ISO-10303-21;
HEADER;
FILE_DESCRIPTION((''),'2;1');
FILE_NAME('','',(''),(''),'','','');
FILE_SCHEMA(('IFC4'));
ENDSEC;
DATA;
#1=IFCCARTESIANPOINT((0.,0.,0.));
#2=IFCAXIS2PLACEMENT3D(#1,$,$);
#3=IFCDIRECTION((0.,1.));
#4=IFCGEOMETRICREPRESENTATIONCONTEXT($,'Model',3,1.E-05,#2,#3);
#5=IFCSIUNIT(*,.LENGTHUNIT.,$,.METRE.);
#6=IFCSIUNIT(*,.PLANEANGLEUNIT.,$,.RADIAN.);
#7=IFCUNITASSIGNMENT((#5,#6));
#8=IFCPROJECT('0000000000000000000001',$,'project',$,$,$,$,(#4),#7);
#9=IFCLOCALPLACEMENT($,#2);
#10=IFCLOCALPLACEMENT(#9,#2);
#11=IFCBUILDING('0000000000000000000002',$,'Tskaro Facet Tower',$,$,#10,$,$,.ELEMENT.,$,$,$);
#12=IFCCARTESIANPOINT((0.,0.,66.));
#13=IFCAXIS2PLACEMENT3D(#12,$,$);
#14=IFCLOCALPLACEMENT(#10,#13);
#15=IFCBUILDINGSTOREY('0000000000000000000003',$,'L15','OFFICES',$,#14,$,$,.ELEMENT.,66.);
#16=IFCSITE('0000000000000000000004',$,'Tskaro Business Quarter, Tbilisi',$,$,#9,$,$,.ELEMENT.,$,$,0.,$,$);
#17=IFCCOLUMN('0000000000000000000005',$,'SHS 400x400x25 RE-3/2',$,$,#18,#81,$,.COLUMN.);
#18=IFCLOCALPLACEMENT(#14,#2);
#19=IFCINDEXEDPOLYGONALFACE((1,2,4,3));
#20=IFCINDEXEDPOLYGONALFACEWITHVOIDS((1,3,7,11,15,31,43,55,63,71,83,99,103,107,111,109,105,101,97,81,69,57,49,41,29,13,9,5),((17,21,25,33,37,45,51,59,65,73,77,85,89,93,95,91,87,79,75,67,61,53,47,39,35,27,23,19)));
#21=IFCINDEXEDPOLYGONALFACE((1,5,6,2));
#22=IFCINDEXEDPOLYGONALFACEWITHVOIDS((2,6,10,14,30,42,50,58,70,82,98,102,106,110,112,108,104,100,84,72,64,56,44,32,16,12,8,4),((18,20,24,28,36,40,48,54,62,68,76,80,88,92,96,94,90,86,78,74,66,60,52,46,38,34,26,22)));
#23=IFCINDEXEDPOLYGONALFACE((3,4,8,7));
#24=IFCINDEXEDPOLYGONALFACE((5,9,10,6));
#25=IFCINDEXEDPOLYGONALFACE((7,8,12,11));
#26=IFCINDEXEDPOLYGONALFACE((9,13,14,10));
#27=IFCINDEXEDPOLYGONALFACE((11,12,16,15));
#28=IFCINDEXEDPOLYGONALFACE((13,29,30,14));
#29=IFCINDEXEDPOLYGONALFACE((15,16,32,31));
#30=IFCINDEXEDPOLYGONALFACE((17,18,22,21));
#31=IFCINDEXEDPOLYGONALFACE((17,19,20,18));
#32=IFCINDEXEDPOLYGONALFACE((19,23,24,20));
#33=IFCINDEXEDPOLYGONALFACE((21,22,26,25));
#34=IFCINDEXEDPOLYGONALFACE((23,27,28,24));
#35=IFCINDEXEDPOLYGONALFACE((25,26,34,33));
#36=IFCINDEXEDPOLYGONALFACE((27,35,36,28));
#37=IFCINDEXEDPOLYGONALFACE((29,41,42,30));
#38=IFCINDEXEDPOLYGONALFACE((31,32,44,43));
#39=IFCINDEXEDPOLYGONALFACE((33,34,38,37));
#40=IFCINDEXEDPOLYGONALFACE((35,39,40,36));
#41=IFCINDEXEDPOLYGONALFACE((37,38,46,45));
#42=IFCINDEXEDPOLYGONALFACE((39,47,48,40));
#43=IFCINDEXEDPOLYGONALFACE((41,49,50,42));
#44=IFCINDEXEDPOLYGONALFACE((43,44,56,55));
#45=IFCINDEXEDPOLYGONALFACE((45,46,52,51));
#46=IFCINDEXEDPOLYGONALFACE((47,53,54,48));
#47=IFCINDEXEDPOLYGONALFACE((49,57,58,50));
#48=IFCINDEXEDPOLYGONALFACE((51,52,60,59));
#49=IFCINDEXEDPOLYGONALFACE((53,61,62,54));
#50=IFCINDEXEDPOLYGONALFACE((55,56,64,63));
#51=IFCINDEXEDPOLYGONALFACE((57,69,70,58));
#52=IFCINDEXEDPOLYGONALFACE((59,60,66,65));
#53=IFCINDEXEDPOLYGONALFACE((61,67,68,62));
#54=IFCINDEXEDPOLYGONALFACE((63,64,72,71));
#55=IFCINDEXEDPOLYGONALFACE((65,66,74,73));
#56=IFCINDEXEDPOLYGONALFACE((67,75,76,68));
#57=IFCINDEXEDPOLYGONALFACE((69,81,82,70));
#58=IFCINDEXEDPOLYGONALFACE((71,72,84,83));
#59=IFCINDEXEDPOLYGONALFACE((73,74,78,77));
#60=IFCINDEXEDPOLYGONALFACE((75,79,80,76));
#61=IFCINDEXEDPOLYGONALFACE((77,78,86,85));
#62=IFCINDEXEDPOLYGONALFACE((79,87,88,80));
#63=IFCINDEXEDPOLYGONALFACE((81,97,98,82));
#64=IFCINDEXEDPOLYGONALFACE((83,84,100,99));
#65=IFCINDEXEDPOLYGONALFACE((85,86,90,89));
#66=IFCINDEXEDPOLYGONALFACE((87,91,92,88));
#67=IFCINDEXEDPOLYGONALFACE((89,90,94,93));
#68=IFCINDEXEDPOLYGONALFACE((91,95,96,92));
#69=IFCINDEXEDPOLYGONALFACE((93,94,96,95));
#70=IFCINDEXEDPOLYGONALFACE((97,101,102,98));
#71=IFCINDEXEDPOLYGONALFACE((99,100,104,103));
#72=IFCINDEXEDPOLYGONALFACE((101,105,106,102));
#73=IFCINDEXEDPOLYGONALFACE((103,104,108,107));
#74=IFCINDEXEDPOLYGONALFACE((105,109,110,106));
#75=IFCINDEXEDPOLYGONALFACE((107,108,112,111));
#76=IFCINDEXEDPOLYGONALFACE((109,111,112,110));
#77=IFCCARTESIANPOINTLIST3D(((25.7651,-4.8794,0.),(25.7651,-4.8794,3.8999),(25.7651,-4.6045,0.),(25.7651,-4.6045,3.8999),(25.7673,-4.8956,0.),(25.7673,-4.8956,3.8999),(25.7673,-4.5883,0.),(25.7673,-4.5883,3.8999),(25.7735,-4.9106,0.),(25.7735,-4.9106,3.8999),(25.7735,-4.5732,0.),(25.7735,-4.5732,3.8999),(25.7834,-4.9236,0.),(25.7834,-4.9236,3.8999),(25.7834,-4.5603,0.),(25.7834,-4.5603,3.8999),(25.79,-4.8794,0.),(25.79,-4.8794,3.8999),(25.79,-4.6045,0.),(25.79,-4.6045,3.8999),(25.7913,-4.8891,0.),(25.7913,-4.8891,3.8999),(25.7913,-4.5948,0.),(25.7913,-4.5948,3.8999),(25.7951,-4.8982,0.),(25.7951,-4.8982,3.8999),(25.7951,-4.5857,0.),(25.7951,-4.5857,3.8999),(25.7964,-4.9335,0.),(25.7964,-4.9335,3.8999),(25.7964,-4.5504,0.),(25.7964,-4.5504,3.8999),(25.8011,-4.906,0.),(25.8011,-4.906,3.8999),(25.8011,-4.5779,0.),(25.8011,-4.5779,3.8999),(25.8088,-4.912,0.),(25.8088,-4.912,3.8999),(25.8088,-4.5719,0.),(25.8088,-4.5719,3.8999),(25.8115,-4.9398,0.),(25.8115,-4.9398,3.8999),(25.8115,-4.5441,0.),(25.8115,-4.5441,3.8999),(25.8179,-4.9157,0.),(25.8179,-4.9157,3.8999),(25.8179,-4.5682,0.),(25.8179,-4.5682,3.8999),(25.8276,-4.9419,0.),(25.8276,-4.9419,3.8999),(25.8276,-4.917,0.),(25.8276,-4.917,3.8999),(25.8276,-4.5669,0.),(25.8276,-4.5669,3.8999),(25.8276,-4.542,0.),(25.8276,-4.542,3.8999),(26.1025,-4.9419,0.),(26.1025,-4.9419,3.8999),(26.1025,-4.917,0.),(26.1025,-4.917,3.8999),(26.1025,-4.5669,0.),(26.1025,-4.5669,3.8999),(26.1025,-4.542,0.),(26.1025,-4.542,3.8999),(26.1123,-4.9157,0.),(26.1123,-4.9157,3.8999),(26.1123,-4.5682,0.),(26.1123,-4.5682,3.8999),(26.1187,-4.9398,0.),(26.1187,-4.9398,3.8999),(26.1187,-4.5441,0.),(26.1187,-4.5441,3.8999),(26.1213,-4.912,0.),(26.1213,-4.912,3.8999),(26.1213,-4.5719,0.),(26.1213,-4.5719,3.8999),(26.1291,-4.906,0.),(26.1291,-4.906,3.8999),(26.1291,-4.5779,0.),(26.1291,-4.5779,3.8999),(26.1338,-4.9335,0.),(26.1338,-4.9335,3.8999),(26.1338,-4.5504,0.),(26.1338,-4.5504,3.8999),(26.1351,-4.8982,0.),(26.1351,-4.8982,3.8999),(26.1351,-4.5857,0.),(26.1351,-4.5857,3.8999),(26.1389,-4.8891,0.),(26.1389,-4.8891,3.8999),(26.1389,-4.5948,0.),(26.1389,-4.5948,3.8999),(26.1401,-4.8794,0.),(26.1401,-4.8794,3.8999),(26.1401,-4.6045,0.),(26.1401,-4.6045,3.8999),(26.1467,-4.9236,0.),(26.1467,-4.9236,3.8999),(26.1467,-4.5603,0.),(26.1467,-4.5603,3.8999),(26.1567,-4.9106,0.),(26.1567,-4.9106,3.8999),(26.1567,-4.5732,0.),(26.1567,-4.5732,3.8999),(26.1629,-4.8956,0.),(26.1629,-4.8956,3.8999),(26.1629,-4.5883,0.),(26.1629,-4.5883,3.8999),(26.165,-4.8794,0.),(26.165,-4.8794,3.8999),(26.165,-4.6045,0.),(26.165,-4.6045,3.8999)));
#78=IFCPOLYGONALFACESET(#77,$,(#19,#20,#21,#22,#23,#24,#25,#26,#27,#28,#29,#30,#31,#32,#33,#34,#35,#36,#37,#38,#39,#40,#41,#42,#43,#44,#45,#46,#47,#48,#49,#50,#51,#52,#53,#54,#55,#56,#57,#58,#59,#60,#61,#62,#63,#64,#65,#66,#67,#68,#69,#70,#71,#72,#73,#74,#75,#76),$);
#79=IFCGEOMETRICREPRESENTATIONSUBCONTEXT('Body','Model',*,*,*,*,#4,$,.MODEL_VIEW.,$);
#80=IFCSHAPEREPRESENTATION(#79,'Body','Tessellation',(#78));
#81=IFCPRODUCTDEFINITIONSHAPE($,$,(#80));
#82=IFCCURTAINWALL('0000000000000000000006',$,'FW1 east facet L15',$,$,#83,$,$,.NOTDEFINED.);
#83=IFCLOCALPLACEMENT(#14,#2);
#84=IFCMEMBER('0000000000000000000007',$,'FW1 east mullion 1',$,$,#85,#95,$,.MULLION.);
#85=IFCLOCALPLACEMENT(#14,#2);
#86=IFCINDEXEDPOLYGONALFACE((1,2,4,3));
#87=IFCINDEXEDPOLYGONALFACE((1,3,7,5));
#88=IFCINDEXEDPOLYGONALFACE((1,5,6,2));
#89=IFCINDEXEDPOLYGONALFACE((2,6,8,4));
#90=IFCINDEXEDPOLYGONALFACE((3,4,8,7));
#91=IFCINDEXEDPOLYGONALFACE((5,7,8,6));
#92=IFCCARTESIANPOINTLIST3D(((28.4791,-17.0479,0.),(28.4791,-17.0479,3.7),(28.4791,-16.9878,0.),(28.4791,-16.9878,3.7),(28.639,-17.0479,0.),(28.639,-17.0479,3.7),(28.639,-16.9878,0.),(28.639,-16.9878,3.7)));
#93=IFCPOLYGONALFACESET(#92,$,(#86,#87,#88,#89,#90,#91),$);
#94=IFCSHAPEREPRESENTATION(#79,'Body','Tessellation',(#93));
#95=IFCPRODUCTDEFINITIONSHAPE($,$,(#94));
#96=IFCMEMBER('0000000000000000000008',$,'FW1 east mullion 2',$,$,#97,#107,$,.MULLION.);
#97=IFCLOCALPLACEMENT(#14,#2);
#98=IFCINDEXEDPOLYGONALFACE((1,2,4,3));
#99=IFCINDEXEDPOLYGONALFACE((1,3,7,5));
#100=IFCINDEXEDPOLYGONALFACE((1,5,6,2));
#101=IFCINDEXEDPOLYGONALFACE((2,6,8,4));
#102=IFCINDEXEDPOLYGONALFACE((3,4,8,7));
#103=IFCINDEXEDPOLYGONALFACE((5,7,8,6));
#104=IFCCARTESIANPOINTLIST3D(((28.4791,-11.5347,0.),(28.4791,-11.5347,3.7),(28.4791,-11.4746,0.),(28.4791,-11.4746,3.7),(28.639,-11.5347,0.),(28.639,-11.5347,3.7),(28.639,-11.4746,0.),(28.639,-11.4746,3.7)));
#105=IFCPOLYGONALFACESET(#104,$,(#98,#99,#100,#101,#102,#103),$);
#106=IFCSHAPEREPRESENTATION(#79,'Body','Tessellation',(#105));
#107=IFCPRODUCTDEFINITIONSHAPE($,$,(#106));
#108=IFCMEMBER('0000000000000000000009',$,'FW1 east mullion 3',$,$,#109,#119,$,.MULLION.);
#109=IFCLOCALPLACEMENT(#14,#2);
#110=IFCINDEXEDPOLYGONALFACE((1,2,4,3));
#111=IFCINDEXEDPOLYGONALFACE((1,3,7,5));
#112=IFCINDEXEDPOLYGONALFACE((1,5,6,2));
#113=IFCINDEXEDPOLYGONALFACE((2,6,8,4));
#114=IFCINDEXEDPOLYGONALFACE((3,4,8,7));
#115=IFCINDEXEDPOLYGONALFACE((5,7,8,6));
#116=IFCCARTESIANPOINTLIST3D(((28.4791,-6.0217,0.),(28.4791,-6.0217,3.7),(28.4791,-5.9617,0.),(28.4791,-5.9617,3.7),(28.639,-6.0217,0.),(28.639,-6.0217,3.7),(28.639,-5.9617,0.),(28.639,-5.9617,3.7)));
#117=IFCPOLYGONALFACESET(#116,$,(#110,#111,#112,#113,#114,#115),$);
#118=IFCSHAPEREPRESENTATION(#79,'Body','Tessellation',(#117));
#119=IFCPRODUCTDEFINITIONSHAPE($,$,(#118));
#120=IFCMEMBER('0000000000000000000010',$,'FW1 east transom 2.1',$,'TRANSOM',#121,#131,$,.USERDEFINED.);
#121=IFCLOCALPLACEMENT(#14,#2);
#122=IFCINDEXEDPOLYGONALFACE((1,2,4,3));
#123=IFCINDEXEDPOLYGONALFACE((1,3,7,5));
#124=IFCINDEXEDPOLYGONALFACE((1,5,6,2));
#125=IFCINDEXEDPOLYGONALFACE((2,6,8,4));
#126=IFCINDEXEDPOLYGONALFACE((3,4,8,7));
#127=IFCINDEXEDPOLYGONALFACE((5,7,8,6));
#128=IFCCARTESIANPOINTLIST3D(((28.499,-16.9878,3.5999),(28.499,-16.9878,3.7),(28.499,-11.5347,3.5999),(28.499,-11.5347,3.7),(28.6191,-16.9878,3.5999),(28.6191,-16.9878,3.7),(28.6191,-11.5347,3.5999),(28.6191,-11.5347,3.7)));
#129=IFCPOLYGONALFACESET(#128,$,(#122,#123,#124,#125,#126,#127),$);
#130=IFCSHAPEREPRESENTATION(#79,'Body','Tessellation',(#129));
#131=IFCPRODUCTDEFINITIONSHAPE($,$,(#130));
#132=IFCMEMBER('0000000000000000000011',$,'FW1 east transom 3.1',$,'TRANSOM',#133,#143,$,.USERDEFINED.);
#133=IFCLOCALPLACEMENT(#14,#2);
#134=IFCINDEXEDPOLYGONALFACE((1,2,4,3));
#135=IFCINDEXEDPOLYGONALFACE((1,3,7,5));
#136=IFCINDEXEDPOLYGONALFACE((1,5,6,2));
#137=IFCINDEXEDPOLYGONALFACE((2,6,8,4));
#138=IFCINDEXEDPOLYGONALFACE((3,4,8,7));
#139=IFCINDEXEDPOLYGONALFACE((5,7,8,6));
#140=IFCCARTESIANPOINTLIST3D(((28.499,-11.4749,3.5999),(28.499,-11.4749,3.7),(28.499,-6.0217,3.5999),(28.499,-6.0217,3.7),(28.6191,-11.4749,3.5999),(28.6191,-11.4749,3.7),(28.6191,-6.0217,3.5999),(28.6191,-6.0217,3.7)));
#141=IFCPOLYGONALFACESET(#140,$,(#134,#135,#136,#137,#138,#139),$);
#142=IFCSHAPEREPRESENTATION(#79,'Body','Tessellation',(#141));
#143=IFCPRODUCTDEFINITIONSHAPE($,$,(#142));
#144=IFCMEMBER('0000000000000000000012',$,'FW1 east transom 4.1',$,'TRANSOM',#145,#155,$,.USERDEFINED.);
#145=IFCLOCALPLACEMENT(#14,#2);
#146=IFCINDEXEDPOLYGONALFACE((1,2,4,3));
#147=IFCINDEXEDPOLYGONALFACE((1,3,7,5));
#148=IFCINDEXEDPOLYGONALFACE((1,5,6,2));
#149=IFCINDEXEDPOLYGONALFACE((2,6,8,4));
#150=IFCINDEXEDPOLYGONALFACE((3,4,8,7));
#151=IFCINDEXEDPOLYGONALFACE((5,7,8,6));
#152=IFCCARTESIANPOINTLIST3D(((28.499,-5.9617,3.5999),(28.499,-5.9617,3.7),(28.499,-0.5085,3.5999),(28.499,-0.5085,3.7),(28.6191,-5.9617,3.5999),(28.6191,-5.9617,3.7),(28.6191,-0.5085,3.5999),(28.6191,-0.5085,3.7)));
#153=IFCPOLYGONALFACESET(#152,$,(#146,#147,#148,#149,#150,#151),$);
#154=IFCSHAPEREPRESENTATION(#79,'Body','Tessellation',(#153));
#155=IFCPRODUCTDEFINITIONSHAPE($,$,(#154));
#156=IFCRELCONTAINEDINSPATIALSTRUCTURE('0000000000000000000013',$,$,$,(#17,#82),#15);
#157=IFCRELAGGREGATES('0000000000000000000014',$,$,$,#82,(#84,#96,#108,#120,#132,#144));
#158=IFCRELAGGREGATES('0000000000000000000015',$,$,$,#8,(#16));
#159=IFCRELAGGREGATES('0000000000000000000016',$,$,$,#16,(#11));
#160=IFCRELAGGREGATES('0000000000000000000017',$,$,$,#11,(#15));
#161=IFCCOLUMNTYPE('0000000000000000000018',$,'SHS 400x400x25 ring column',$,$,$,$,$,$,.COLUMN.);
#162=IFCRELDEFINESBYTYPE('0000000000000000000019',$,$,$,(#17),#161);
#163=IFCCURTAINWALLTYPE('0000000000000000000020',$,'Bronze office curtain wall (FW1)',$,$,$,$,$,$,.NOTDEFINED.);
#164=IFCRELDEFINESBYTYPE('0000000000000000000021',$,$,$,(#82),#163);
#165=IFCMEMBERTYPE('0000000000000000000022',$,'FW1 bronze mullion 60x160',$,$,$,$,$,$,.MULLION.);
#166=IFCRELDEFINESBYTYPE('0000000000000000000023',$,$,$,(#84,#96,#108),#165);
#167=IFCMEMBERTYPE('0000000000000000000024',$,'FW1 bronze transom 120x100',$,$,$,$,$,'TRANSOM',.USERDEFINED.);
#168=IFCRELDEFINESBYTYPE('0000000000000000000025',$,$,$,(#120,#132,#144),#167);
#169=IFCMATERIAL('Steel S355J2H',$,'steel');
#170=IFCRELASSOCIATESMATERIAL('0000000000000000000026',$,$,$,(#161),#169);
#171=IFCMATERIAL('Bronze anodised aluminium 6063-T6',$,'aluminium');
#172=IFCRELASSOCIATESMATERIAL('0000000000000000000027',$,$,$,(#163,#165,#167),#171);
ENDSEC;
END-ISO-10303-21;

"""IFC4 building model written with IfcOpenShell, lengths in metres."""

from ifc_helpers import new_model, si_unit, direction, frame, origin, origin_2d, place, context, subcontext, project, spatial, rectangle, hollow_rectangle, extrude, material, material_profile, profile_set, type_object, element, aggregate, save


model = new_model("IFC4")

# Units and contexts
model_context = context("Model", 3, precision=1e-05, world=origin(), true_north=direction((0.0, 1.0)))
body_context = subcontext(model_context, "Body", "Model", "MODEL_VIEW")
ifc_project = project(units=[si_unit("LENGTHUNIT", "METRE"), si_unit("PLANEANGLEUNIT", "RADIAN")], contexts=[model_context])

# Site, building, storey
site_placement = place(None, origin())
site = spatial("IfcSite", under=ifc_project, at=site_placement, Name="Tskaro Business Quarter, Tbilisi", CompositionType="ELEMENT", RefElevation=0.0)
building_placement = place(site_placement, origin())
building = spatial("IfcBuilding", under=site, at=building_placement, Name="Tskaro Facet Tower", CompositionType="ELEMENT")
storey_placement = place(building_placement, frame((0.0, 0.0, 66.0)))
storey = spatial("IfcBuildingStorey", under=building, at=storey_placement, Name="L15", Description="OFFICES", CompositionType="ELEMENT", Elevation=66.0)

# Column
ifc_material_1 = material(Name="Steel S355J2H", Category="steel")
ifc_material_profile_1 = material_profile(ifc_material_1, hollow_rectangle(XDim=0.3999, YDim=0.3999, WallThickness=0.0249, InnerFilletRadius=0.0376, OuterFilletRadius=0.0625, at=origin_2d()), Name="SHS 400x400x25")
ifc_profile_set_1 = profile_set([ifc_material_profile_1], Name="Steel S355J2H")
column_type_1 = type_object("IfcColumnType", Name="SHS 400x400x25 ring column", PredefinedType="COLUMN", material=ifc_profile_set_1)
for number, where, z_axis, x_axis, name in (
    (1, (25.9651, -4.7419, 0.0), (0.0, 0.0, 1.0), (1.0, 0.0, 0.0), "SHS 400x400x25 RE-3/2"),
):
    element("IfcColumn", number, at=place(storey_placement, frame(where, z_axis=z_axis, x_axis=x_axis)), inside=storey, type_object=column_type_1, Name=name, PredefinedType="COLUMN", context=body_context, shape_type="SweptSolid", body=[
        extrude(hollow_rectangle(XDim=0.3999, YDim=0.3999, WallThickness=0.0249, InnerFilletRadius=0.0376, OuterFilletRadius=0.0625, at=origin_2d()), origin(), (0.0, 0.0, 1.0), 3.8999),
    ])

# Curtain wall, members
ifc_material_2 = material(Name="Bronze anodised aluminium 6063-T6", Category="aluminium")
curtain_wall_type = type_object("IfcCurtainWallType", Name="Bronze office curtain wall (FW1)", PredefinedType="NOTDEFINED", material=ifc_material_2)
curtain_wall_placement = place(storey_placement, origin())
curtain_wall = element("IfcCurtainWall", 2, at=curtain_wall_placement, inside=storey, type_object=curtain_wall_type, Name="FW1 east facet L15", PredefinedType="NOTDEFINED")
ifc_material_profile_2 = material_profile(ifc_material_2, rectangle(XDim=0.0601, YDim=0.1599, at=origin_2d()), Name="Mullion 60x160")
ifc_profile_set_2 = profile_set([ifc_material_profile_2], Name="Bronze anodised aluminium 6063-T6")
member_type_1 = type_object("IfcMemberType", Name="FW1 bronze mullion 60x160", PredefinedType="MULLION", material=ifc_profile_set_2)
member_1_placement = place(storey_placement, frame((28.5591, -17.0178, 0.0), z_axis=(0.0, 0.0, 1.0), x_axis=(0.0, 1.0, 0.0)))
member_1 = element("IfcMember", 3, at=member_1_placement, type_object=member_type_1, Name="FW1 east mullion 1", PredefinedType="MULLION", context=body_context, shape_type="SweptSolid", body=[
    extrude(rectangle(XDim=0.0601, YDim=0.1599, at=origin_2d()), origin(), (0.0, 0.0, 1.0), 3.7),
])
member_2_placement = place(storey_placement, frame((28.5591, -11.5046, 0.0), z_axis=(0.0, 0.0, 1.0), x_axis=(0.0, 1.0, 0.0)))
member_2 = element("IfcMember", 4, at=member_2_placement, type_object=member_type_1, Name="FW1 east mullion 2", PredefinedType="MULLION", context=body_context, shape_type="SweptSolid", body=[
    extrude(rectangle(XDim=0.0601, YDim=0.1599, at=origin_2d()), origin(), (0.0, 0.0, 1.0), 3.7),
])
member_3_placement = place(storey_placement, frame((28.5591, -5.9917, 0.0), z_axis=(0.0, 0.0, 1.0), x_axis=(0.0, 1.0, 0.0)))
member_3 = element("IfcMember", 5, at=member_3_placement, type_object=member_type_1, Name="FW1 east mullion 3", PredefinedType="MULLION", context=body_context, shape_type="SweptSolid", body=[
    extrude(rectangle(XDim=0.0601, YDim=0.1599, at=origin_2d()), origin(), (0.0, 0.0, 1.0), 3.7),
])
ifc_material_profile_3 = material_profile(ifc_material_2, rectangle(XDim=0.1201, YDim=0.1001, at=origin_2d()), Name="Transom 120x100")
ifc_profile_set_3 = profile_set([ifc_material_profile_3], Name="Bronze anodised aluminium 6063-T6")
member_type_2 = type_object("IfcMemberType", Name="FW1 bronze transom 120x100", ElementType="TRANSOM", PredefinedType="USERDEFINED", material=ifc_profile_set_3)
member_4_placement = place(storey_placement, frame((28.5591, -16.9878, 3.6499), z_axis=(0.0, 1.0, 0.0), x_axis=(-1.0, 0.0, 0.0)))
member_4 = element("IfcMember", 6, at=member_4_placement, type_object=member_type_2, Name="FW1 east transom 2.1", ObjectType="TRANSOM", PredefinedType="USERDEFINED", context=body_context, shape_type="SweptSolid", body=[
    extrude(rectangle(XDim=0.1201, YDim=0.1001, at=origin_2d()), origin(), (0.0, 0.0, 1.0), 5.4531),
])
member_5_placement = place(storey_placement, frame((28.5591, -11.4749, 3.6499), z_axis=(0.0, 1.0, 0.0), x_axis=(-1.0, 0.0, 0.0)))
member_5 = element("IfcMember", 7, at=member_5_placement, type_object=member_type_2, Name="FW1 east transom 3.1", ObjectType="TRANSOM", PredefinedType="USERDEFINED", context=body_context, shape_type="SweptSolid", body=[
    extrude(rectangle(XDim=0.1201, YDim=0.1001, at=origin_2d()), origin(), (0.0, 0.0, 1.0), 5.4531),
])
member_6_placement = place(storey_placement, frame((28.5591, -5.9617, 3.6499), z_axis=(0.0, 1.0, 0.0), x_axis=(-1.0, 0.0, 0.0)))
member_6 = element("IfcMember", 8, at=member_6_placement, type_object=member_type_2, Name="FW1 east transom 4.1", ObjectType="TRANSOM", PredefinedType="USERDEFINED", context=body_context, shape_type="SweptSolid", body=[
    extrude(rectangle(XDim=0.1201, YDim=0.1001, at=origin_2d()), origin(), (0.0, 0.0, 1.0), 5.4531),
])

aggregate(curtain_wall, [member_1, member_2, member_3, member_4, member_5, member_6])

save(model, "model.ifc")
